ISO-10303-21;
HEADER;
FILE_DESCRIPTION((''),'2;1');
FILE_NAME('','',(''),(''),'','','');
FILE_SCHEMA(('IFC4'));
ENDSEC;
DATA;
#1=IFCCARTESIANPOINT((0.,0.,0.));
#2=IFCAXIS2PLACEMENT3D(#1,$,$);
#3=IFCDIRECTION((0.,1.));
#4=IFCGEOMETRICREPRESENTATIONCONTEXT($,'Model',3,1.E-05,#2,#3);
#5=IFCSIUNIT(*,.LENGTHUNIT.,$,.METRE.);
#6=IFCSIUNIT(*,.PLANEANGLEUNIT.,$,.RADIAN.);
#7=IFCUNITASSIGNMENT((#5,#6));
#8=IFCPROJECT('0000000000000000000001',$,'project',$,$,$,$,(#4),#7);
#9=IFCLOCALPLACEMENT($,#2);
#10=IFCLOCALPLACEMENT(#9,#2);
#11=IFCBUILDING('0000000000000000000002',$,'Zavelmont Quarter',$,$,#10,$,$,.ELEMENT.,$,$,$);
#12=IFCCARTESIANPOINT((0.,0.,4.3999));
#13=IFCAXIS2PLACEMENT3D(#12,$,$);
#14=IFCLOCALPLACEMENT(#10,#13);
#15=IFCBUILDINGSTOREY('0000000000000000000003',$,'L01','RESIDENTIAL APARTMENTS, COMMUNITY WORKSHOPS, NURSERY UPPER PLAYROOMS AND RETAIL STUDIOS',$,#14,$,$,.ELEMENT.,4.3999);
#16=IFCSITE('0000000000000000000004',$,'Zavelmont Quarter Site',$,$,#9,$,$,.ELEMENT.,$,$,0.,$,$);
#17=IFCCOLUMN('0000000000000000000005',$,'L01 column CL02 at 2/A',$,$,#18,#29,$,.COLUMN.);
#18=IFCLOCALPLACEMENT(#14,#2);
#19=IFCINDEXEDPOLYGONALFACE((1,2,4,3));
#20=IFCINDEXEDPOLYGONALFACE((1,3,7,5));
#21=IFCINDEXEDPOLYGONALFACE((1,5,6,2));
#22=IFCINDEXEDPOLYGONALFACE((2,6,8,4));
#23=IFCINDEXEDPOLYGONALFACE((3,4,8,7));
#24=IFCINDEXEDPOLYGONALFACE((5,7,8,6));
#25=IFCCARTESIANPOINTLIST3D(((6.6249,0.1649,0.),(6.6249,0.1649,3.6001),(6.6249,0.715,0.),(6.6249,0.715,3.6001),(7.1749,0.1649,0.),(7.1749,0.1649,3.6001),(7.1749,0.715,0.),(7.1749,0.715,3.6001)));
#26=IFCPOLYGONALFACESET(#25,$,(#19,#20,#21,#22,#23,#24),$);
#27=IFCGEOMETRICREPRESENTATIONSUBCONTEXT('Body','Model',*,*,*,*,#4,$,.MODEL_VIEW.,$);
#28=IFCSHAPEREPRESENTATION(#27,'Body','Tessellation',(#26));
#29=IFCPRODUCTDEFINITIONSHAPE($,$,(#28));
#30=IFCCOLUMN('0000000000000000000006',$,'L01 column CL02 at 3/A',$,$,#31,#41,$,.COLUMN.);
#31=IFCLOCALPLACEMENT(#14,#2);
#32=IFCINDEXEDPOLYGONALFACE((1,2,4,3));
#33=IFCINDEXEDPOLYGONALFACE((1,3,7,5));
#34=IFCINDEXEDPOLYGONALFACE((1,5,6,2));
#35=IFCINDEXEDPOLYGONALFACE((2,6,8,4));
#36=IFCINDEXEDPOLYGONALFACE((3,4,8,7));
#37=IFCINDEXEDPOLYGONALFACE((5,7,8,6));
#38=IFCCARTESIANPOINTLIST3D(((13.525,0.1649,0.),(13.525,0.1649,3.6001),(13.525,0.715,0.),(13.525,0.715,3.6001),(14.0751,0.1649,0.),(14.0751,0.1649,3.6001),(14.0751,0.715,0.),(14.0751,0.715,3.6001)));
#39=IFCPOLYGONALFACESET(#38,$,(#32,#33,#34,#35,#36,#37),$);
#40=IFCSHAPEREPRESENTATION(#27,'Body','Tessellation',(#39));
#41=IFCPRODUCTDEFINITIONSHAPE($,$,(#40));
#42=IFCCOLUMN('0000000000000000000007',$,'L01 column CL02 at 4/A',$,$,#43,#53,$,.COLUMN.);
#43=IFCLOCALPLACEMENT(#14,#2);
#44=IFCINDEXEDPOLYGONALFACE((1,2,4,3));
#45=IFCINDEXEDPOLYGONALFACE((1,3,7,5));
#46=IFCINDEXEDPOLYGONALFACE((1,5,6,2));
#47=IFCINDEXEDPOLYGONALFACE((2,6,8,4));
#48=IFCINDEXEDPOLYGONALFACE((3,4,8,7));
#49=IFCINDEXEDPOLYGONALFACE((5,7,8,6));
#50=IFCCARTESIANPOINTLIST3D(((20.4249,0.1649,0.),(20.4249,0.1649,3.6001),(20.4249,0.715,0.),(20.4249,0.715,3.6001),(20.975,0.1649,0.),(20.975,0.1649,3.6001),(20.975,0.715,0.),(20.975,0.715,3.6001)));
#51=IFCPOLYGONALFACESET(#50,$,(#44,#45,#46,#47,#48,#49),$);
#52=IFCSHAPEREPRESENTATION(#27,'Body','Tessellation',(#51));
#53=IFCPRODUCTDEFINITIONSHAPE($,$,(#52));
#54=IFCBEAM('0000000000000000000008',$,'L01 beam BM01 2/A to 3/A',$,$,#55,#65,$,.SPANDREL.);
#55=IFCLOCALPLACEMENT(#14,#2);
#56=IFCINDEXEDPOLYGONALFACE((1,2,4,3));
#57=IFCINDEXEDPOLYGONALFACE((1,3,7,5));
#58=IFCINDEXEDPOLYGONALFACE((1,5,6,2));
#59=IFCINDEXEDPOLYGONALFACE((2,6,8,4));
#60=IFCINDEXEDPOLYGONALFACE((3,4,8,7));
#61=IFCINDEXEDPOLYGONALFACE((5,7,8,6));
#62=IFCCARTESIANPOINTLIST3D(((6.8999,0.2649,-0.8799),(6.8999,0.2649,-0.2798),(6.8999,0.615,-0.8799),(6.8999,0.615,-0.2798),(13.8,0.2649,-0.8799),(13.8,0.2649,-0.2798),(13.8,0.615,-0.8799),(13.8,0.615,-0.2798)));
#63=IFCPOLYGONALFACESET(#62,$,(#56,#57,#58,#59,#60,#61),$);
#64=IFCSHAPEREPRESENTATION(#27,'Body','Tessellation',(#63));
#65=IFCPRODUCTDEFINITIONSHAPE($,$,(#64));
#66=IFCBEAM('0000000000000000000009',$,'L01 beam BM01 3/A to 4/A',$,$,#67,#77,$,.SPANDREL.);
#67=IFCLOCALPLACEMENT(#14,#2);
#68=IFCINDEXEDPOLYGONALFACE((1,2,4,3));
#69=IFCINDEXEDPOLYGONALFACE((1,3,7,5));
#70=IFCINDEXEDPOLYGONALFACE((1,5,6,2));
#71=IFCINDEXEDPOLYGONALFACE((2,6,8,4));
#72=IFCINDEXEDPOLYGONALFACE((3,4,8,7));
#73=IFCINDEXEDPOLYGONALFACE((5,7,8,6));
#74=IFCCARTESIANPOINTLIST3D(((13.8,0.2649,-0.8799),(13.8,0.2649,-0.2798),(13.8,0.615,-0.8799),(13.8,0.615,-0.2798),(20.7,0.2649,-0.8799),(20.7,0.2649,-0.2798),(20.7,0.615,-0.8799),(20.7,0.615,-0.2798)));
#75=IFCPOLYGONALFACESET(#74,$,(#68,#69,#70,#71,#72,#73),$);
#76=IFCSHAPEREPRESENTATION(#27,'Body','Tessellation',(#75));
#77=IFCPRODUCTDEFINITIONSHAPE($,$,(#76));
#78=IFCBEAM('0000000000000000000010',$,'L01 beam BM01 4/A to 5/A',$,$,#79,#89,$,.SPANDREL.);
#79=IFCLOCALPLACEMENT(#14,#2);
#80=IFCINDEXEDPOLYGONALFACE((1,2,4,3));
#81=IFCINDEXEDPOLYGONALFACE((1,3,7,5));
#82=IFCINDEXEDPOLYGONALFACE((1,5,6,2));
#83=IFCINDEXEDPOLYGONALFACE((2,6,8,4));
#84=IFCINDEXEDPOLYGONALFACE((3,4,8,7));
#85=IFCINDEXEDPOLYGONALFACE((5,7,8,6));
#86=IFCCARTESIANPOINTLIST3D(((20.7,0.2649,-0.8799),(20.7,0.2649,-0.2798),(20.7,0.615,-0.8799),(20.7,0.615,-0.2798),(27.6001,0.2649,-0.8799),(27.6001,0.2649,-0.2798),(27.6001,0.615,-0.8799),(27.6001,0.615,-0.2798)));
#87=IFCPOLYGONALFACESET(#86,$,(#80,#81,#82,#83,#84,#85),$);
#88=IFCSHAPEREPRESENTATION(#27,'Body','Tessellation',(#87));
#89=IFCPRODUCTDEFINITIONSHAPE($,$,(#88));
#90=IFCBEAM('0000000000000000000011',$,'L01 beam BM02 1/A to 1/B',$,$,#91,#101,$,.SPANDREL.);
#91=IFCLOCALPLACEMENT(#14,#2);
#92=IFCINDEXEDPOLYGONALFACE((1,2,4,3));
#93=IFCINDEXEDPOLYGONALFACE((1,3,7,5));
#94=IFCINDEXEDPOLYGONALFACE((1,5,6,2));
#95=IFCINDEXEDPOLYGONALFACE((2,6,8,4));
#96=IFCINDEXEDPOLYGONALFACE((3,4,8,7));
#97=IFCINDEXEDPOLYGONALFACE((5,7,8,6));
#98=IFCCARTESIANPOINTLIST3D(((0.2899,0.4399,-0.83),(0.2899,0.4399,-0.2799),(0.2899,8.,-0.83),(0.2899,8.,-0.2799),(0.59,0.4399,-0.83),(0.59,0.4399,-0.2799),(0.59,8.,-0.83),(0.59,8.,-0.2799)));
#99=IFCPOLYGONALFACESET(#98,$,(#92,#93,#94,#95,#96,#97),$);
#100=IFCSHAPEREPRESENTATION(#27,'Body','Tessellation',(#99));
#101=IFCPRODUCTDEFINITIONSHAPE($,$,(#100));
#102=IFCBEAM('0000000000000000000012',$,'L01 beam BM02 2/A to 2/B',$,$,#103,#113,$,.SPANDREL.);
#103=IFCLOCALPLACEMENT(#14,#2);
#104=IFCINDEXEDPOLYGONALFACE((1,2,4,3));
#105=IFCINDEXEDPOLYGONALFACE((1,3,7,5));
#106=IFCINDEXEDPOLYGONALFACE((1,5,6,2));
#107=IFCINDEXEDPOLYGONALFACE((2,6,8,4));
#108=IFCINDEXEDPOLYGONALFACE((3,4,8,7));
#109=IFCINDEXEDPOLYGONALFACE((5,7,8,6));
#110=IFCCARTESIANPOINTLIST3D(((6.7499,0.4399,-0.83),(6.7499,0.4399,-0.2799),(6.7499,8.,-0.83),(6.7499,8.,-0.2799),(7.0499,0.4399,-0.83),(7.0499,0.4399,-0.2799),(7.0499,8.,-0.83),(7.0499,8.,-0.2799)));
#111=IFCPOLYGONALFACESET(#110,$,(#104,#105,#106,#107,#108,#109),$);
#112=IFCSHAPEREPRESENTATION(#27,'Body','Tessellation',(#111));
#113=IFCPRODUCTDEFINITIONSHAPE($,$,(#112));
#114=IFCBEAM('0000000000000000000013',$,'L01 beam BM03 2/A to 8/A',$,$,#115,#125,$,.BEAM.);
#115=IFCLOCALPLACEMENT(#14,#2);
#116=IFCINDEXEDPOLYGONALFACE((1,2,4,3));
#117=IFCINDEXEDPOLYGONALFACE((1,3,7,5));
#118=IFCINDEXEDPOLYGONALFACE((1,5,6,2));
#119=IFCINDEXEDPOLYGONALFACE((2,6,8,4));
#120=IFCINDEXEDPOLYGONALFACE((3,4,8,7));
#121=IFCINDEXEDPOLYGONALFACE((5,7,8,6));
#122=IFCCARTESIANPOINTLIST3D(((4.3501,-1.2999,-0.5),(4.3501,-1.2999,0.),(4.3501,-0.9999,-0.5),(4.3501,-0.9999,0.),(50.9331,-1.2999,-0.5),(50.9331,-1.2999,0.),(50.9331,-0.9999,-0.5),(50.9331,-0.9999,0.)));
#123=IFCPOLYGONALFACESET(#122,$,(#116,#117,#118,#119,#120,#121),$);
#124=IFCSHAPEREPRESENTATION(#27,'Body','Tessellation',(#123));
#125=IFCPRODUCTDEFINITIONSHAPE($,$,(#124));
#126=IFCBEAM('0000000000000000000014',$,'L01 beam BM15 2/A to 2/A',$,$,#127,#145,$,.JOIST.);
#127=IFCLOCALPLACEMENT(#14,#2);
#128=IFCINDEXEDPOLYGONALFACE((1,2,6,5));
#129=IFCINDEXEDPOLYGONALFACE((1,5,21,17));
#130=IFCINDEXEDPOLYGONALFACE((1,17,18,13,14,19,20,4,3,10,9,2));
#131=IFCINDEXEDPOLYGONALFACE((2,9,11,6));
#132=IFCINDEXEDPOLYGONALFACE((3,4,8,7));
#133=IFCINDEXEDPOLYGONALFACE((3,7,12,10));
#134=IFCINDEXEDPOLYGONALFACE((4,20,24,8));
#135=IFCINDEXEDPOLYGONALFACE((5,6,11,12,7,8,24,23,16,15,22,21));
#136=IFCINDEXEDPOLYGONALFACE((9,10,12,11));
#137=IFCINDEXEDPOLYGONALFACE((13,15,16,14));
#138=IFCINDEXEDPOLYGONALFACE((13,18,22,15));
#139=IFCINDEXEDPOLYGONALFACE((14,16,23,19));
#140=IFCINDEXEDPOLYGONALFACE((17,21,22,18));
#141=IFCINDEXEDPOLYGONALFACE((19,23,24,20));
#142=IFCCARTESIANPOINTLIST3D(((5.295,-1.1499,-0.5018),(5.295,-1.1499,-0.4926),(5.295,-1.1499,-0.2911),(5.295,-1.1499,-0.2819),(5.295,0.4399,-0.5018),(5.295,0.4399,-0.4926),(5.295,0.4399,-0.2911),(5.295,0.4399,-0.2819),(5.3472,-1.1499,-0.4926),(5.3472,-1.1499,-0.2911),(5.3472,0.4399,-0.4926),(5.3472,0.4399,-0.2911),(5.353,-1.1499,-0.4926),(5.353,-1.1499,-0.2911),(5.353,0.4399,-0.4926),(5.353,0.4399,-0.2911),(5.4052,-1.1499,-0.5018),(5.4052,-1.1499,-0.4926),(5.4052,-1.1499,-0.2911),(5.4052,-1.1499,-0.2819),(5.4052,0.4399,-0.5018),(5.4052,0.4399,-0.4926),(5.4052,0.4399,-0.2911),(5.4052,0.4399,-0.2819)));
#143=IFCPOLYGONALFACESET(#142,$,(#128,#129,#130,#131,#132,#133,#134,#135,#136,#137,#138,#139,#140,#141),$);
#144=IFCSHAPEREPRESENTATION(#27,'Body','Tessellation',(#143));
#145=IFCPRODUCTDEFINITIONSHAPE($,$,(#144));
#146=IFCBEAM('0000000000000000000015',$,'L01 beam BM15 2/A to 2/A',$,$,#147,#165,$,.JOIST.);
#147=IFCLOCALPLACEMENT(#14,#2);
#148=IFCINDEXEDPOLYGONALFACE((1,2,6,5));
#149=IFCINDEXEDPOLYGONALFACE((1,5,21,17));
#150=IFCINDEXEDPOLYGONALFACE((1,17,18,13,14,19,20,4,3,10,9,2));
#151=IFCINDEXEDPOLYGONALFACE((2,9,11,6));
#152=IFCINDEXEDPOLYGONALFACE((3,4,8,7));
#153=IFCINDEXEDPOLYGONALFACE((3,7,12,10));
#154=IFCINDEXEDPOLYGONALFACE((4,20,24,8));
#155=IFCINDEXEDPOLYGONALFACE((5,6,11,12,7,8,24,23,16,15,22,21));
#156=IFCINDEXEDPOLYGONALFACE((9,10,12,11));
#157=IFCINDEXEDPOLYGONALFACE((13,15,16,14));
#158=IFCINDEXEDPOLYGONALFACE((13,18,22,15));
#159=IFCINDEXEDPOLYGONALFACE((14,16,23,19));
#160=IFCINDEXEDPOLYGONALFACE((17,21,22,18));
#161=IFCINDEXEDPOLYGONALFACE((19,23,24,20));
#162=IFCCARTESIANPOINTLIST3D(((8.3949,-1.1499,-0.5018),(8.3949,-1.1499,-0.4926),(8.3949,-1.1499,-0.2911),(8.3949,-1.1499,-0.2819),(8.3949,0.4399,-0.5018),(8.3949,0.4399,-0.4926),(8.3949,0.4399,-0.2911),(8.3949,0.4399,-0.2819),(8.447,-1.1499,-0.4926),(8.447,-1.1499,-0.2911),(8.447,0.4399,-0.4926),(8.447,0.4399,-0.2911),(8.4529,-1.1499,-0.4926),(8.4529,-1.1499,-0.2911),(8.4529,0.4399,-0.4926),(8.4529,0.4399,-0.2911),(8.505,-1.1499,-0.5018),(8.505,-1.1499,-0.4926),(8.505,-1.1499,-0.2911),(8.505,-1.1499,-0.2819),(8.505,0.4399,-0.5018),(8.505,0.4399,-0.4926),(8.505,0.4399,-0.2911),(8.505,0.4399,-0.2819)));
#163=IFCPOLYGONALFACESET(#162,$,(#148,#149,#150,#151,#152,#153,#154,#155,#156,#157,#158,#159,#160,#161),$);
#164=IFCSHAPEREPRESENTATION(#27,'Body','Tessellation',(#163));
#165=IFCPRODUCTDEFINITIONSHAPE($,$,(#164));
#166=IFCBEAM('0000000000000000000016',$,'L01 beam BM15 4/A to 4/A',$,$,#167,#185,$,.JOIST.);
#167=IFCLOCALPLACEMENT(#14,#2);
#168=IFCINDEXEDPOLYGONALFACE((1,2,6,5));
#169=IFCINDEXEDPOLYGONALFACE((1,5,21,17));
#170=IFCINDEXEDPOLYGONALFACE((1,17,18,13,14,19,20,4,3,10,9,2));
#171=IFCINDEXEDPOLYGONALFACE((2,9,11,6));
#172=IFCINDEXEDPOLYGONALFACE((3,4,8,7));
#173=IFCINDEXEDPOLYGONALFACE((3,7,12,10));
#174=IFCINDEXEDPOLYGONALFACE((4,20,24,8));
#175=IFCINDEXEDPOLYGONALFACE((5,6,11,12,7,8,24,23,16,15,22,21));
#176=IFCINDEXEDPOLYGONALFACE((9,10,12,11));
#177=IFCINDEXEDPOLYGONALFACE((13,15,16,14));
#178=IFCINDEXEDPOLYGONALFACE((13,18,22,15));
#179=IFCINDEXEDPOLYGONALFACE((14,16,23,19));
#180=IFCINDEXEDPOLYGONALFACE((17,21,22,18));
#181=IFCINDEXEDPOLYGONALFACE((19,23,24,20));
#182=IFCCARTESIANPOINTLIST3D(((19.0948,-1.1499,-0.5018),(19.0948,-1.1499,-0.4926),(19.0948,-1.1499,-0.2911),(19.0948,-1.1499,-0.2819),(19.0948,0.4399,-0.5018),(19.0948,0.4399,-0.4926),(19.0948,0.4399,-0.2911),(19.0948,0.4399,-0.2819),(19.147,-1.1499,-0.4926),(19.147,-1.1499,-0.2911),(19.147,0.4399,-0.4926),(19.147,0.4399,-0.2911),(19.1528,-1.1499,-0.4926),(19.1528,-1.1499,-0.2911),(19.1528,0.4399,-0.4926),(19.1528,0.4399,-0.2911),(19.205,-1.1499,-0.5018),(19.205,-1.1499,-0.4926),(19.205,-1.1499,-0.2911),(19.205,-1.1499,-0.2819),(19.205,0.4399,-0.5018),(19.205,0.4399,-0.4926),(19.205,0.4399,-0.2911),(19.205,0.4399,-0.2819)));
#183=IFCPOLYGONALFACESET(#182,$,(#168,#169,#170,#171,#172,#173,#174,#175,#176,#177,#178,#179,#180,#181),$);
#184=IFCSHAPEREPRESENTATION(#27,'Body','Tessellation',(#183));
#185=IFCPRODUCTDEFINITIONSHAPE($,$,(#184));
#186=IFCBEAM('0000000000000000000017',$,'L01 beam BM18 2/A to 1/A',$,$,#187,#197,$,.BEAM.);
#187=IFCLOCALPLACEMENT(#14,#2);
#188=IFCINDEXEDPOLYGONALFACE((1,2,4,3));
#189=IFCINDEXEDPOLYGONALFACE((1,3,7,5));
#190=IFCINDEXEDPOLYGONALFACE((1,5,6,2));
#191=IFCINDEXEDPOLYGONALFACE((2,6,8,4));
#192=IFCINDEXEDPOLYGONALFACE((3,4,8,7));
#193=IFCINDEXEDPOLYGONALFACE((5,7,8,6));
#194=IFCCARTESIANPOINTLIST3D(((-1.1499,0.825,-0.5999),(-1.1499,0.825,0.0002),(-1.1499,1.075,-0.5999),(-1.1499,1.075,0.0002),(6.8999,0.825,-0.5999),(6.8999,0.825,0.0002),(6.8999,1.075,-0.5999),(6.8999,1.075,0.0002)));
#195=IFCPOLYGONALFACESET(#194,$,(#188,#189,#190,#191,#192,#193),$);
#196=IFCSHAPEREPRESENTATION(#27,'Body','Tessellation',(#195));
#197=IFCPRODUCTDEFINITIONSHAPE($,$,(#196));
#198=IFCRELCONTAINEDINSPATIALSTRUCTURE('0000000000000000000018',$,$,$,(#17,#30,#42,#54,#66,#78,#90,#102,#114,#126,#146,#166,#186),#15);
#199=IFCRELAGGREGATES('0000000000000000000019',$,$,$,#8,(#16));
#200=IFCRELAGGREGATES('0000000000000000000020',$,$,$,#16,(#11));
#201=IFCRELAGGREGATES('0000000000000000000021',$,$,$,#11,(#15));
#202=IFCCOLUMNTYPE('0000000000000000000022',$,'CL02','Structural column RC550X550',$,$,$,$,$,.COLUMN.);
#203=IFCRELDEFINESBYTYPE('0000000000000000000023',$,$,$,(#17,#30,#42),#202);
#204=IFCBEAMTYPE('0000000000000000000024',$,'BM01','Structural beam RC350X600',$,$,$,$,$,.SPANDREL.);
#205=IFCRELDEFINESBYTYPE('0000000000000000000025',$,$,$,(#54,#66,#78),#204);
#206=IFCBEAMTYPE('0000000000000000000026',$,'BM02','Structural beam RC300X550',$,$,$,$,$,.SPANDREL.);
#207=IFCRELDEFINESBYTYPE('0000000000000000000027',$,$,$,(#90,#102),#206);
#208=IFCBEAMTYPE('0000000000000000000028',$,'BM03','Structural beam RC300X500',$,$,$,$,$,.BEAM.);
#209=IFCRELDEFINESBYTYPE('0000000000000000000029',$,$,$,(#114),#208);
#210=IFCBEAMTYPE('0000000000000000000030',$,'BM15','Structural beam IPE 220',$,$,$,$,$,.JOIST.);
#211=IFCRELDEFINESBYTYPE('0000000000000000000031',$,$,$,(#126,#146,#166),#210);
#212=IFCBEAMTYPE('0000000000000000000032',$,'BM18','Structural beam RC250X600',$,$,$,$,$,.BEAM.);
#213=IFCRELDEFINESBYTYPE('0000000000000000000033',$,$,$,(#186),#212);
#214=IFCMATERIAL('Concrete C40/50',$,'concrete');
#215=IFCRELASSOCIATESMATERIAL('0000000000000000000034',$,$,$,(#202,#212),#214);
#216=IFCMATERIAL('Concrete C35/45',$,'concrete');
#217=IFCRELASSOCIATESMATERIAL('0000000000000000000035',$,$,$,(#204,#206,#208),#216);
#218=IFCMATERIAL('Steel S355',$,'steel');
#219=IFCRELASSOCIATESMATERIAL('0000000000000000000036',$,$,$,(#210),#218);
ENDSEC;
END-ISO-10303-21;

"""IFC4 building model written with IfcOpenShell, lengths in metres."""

from ifc_helpers import new_model, si_unit, direction, frame, origin, origin_2d, place, context, subcontext, project, spatial, rectangle, i_section, extrude, material, material_profile, profile_set, type_object, element, save


model = new_model("IFC4")

# Units and contexts
model_context = context("Model", 3, precision=1e-05, world=origin(), true_north=direction((0.0, 1.0)))
body_context = subcontext(model_context, "Body", "Model", "MODEL_VIEW")
ifc_project = project(units=[si_unit("LENGTHUNIT", "METRE"), si_unit("PLANEANGLEUNIT", "RADIAN")], contexts=[model_context])

# Site, building, storey
site_placement = place(None, origin())
site = spatial("IfcSite", under=ifc_project, at=site_placement, Name="Zavelmont Quarter Site", CompositionType="ELEMENT", RefElevation=0.0)
building_placement = place(site_placement, origin())
building = spatial("IfcBuilding", under=site, at=building_placement, Name="Zavelmont Quarter", CompositionType="ELEMENT")
storey_placement = place(building_placement, frame((0.0, 0.0, 4.3999)))
storey = spatial("IfcBuildingStorey", under=building, at=storey_placement, Name="L01", Description="RESIDENTIAL APARTMENTS, COMMUNITY WORKSHOPS, NURSERY UPPER PLAYROOMS AND RETAIL STUDIOS", CompositionType="ELEMENT", Elevation=4.3999)

# Columns
ifc_material_1 = material(Name="Concrete C40/50", Category="concrete")
ifc_material_profile_1 = material_profile(ifc_material_1, rectangle(XDim=0.55, YDim=0.55, at=origin_2d()), Name="RC550X550")
ifc_profile_set_1 = profile_set([ifc_material_profile_1], Name="Concrete C40/50")
column_type = type_object("IfcColumnType", Name="CL02", Description="Structural column RC550X550", PredefinedType="COLUMN", material=ifc_profile_set_1)
for number, where, z_axis, x_axis, name in (
    (1, (6.8999, 0.4399, 0.0), (0.0, 0.0, 1.0), (1.0, 0.0, 0.0), "L01 column CL02 at 2/A"),
    (2, (13.8, 0.4399, 0.0), (0.0, 0.0, 1.0), (1.0, 0.0, 0.0), "L01 column CL02 at 3/A"),
    (3, (20.7, 0.4399, 0.0), (0.0, 0.0, 1.0), (1.0, 0.0, 0.0), "L01 column CL02 at 4/A"),
):
    element("IfcColumn", number, at=place(storey_placement, frame(where, z_axis=z_axis, x_axis=x_axis)), inside=storey, type_object=column_type, Name=name, PredefinedType="COLUMN", context=body_context, shape_type="SweptSolid", body=[
        extrude(rectangle(XDim=0.55, YDim=0.55, at=origin_2d()), origin(), (0.0, 0.0, 1.0), 3.6001),
    ])

# Beams
ifc_material_2 = material(Name="Concrete C35/45", Category="concrete")
ifc_material_profile_2 = material_profile(ifc_material_2, rectangle(XDim=0.3501, YDim=0.6001, at=origin_2d()), Name="RC350X600")
ifc_profile_set_2 = profile_set([ifc_material_profile_2], Name="Concrete C35/45")
beam_type_1 = type_object("IfcBeamType", Name="BM01", Description="Structural beam RC350X600", PredefinedType="SPANDREL", material=ifc_profile_set_2)
beam_1_placement = place(storey_placement, frame((6.8999, 0.4399, -0.5798), z_axis=(1.0, 0.0, 0.0), x_axis=(0.0, 1.0, 0.0)))
element("IfcBeam", 4, at=beam_1_placement, inside=storey, type_object=beam_type_1, Name="L01 beam BM01 2/A to 3/A", PredefinedType="SPANDREL", context=body_context, shape_type="SweptSolid", body=[
    extrude(rectangle(XDim=0.3501, YDim=0.6001, at=origin_2d()), origin(), (0.0, 0.0, 1.0), 6.9001),
])
beam_2_placement = place(storey_placement, frame((13.8, 0.4399, -0.5798), z_axis=(1.0, 0.0, 0.0), x_axis=(0.0, 1.0, 0.0)))
element("IfcBeam", 5, at=beam_2_placement, inside=storey, type_object=beam_type_1, Name="L01 beam BM01 3/A to 4/A", PredefinedType="SPANDREL", context=body_context, shape_type="SweptSolid", body=[
    extrude(rectangle(XDim=0.3501, YDim=0.6001, at=origin_2d()), origin(), (0.0, 0.0, 1.0), 6.8999),
])
beam_3_placement = place(storey_placement, frame((20.7, 0.4399, -0.5798), z_axis=(1.0, 0.0, 0.0), x_axis=(0.0, 1.0, 0.0)))
element("IfcBeam", 6, at=beam_3_placement, inside=storey, type_object=beam_type_1, Name="L01 beam BM01 4/A to 5/A", PredefinedType="SPANDREL", context=body_context, shape_type="SweptSolid", body=[
    extrude(rectangle(XDim=0.3501, YDim=0.6001, at=origin_2d()), origin(), (0.0, 0.0, 1.0), 6.9001),
])
ifc_material_profile_3 = material_profile(ifc_material_2, rectangle(XDim=0.3, YDim=0.55, at=origin_2d()), Name="RC300X550")
ifc_profile_set_3 = profile_set([ifc_material_profile_3], Name="Concrete C35/45")
beam_type_2 = type_object("IfcBeamType", Name="BM02", Description="Structural beam RC300X550", PredefinedType="SPANDREL", material=ifc_profile_set_3)
for number, where, z_axis, x_axis, name in (
    (7, (0.4399, 0.4399, -0.5549), (0.0, 1.0, 0.0), (-1.0, 0.0, 0.0), "L01 beam BM02 1/A to 1/B"),
    (8, (6.8999, 0.4399, -0.5549), (0.0, 1.0, 0.0), (-1.0, 0.0, 0.0), "L01 beam BM02 2/A to 2/B"),
):
    element("IfcBeam", number, at=place(storey_placement, frame(where, z_axis=z_axis, x_axis=x_axis)), inside=storey, type_object=beam_type_2, Name=name, PredefinedType="SPANDREL", context=body_context, shape_type="SweptSolid", body=[
        extrude(rectangle(XDim=0.3, YDim=0.55, at=origin_2d()), origin(), (0.0, 0.0, 1.0), 7.5601),
    ])
ifc_material_profile_4 = material_profile(ifc_material_2, rectangle(XDim=0.3, YDim=0.5, at=origin_2d()), Name="RC300X500")
ifc_profile_set_4 = profile_set([ifc_material_profile_4], Name="Concrete C35/45")
beam_type_3 = type_object("IfcBeamType", Name="BM03", Description="Structural beam RC300X500", PredefinedType="BEAM", material=ifc_profile_set_4)
beam_4_placement = place(storey_placement, frame((4.3501, -1.1499, -0.25), z_axis=(1.0, 0.0, 0.0), x_axis=(0.0, 1.0, 0.0)))
element("IfcBeam", 9, at=beam_4_placement, inside=storey, type_object=beam_type_3, Name="L01 beam BM03 2/A to 8/A", PredefinedType="BEAM", context=body_context, shape_type="SweptSolid", body=[
    extrude(rectangle(XDim=0.3, YDim=0.5, at=origin_2d()), origin(), (0.0, 0.0, 1.0), 46.583),
])
ifc_material_3 = material(Name="Steel S355", Category="steel")
ifc_material_profile_5 = material_profile(ifc_material_3, i_section(OverallWidth=0.1101, OverallDepth=0.22, WebThickness=0.0059, FlangeThickness=0.0093, at=origin_2d()), Name="IPE 220")
ifc_profile_set_5 = profile_set([ifc_material_profile_5], Name="Steel S355")
beam_type_4 = type_object("IfcBeamType", Name="BM15", Description="Structural beam IPE 220", PredefinedType="JOIST", material=ifc_profile_set_5)
for number, where, z_axis, x_axis, name in (
    (10, (5.3501, 0.4399, -0.3918), (0.0, -1.0, 0.0), (1.0, 0.0, 0.0), "L01 beam BM15 2/A to 2/A"),
    (11, (8.45, 0.4399, -0.3918), (0.0, -1.0, 0.0), (1.0, 0.0, 0.0), "L01 beam BM15 2/A to 2/A"),
    (12, (19.1499, 0.4399, -0.3918), (0.0, -1.0, 0.0), (1.0, 0.0, 0.0), "L01 beam BM15 4/A to 4/A"),
):
    element("IfcBeam", number, at=place(storey_placement, frame(where, z_axis=z_axis, x_axis=x_axis)), inside=storey, type_object=beam_type_4, Name=name, PredefinedType="JOIST", context=body_context, shape_type="SweptSolid", body=[
        extrude(i_section(OverallWidth=0.1101, OverallDepth=0.22, WebThickness=0.0059, FlangeThickness=0.0093, at=origin_2d()), origin(), (0.0, 0.0, 1.0), 1.5898),
    ])
ifc_material_profile_6 = material_profile(ifc_material_1, rectangle(XDim=0.25, YDim=0.6001, at=origin_2d()), Name="RC250X600")
ifc_profile_set_6 = profile_set([ifc_material_profile_6], Name="Concrete C40/50")
beam_type_5 = type_object("IfcBeamType", Name="BM18", Description="Structural beam RC250X600", PredefinedType="BEAM", material=ifc_profile_set_6)
beam_5_placement = place(storey_placement, frame((6.8999, 0.95, -0.2998), z_axis=(-1.0, 0.0, 0.0), x_axis=(0.0, -1.0, 0.0)))
element("IfcBeam", 13, at=beam_5_placement, inside=storey, type_object=beam_type_5, Name="L01 beam BM18 2/A to 1/A", PredefinedType="BEAM", context=body_context, shape_type="SweptSolid", body=[
    extrude(rectangle(XDim=0.25, YDim=0.6001, at=origin_2d()), origin(), (0.0, 0.0, 1.0), 8.0498),
])

save(model, "model.ifc")
